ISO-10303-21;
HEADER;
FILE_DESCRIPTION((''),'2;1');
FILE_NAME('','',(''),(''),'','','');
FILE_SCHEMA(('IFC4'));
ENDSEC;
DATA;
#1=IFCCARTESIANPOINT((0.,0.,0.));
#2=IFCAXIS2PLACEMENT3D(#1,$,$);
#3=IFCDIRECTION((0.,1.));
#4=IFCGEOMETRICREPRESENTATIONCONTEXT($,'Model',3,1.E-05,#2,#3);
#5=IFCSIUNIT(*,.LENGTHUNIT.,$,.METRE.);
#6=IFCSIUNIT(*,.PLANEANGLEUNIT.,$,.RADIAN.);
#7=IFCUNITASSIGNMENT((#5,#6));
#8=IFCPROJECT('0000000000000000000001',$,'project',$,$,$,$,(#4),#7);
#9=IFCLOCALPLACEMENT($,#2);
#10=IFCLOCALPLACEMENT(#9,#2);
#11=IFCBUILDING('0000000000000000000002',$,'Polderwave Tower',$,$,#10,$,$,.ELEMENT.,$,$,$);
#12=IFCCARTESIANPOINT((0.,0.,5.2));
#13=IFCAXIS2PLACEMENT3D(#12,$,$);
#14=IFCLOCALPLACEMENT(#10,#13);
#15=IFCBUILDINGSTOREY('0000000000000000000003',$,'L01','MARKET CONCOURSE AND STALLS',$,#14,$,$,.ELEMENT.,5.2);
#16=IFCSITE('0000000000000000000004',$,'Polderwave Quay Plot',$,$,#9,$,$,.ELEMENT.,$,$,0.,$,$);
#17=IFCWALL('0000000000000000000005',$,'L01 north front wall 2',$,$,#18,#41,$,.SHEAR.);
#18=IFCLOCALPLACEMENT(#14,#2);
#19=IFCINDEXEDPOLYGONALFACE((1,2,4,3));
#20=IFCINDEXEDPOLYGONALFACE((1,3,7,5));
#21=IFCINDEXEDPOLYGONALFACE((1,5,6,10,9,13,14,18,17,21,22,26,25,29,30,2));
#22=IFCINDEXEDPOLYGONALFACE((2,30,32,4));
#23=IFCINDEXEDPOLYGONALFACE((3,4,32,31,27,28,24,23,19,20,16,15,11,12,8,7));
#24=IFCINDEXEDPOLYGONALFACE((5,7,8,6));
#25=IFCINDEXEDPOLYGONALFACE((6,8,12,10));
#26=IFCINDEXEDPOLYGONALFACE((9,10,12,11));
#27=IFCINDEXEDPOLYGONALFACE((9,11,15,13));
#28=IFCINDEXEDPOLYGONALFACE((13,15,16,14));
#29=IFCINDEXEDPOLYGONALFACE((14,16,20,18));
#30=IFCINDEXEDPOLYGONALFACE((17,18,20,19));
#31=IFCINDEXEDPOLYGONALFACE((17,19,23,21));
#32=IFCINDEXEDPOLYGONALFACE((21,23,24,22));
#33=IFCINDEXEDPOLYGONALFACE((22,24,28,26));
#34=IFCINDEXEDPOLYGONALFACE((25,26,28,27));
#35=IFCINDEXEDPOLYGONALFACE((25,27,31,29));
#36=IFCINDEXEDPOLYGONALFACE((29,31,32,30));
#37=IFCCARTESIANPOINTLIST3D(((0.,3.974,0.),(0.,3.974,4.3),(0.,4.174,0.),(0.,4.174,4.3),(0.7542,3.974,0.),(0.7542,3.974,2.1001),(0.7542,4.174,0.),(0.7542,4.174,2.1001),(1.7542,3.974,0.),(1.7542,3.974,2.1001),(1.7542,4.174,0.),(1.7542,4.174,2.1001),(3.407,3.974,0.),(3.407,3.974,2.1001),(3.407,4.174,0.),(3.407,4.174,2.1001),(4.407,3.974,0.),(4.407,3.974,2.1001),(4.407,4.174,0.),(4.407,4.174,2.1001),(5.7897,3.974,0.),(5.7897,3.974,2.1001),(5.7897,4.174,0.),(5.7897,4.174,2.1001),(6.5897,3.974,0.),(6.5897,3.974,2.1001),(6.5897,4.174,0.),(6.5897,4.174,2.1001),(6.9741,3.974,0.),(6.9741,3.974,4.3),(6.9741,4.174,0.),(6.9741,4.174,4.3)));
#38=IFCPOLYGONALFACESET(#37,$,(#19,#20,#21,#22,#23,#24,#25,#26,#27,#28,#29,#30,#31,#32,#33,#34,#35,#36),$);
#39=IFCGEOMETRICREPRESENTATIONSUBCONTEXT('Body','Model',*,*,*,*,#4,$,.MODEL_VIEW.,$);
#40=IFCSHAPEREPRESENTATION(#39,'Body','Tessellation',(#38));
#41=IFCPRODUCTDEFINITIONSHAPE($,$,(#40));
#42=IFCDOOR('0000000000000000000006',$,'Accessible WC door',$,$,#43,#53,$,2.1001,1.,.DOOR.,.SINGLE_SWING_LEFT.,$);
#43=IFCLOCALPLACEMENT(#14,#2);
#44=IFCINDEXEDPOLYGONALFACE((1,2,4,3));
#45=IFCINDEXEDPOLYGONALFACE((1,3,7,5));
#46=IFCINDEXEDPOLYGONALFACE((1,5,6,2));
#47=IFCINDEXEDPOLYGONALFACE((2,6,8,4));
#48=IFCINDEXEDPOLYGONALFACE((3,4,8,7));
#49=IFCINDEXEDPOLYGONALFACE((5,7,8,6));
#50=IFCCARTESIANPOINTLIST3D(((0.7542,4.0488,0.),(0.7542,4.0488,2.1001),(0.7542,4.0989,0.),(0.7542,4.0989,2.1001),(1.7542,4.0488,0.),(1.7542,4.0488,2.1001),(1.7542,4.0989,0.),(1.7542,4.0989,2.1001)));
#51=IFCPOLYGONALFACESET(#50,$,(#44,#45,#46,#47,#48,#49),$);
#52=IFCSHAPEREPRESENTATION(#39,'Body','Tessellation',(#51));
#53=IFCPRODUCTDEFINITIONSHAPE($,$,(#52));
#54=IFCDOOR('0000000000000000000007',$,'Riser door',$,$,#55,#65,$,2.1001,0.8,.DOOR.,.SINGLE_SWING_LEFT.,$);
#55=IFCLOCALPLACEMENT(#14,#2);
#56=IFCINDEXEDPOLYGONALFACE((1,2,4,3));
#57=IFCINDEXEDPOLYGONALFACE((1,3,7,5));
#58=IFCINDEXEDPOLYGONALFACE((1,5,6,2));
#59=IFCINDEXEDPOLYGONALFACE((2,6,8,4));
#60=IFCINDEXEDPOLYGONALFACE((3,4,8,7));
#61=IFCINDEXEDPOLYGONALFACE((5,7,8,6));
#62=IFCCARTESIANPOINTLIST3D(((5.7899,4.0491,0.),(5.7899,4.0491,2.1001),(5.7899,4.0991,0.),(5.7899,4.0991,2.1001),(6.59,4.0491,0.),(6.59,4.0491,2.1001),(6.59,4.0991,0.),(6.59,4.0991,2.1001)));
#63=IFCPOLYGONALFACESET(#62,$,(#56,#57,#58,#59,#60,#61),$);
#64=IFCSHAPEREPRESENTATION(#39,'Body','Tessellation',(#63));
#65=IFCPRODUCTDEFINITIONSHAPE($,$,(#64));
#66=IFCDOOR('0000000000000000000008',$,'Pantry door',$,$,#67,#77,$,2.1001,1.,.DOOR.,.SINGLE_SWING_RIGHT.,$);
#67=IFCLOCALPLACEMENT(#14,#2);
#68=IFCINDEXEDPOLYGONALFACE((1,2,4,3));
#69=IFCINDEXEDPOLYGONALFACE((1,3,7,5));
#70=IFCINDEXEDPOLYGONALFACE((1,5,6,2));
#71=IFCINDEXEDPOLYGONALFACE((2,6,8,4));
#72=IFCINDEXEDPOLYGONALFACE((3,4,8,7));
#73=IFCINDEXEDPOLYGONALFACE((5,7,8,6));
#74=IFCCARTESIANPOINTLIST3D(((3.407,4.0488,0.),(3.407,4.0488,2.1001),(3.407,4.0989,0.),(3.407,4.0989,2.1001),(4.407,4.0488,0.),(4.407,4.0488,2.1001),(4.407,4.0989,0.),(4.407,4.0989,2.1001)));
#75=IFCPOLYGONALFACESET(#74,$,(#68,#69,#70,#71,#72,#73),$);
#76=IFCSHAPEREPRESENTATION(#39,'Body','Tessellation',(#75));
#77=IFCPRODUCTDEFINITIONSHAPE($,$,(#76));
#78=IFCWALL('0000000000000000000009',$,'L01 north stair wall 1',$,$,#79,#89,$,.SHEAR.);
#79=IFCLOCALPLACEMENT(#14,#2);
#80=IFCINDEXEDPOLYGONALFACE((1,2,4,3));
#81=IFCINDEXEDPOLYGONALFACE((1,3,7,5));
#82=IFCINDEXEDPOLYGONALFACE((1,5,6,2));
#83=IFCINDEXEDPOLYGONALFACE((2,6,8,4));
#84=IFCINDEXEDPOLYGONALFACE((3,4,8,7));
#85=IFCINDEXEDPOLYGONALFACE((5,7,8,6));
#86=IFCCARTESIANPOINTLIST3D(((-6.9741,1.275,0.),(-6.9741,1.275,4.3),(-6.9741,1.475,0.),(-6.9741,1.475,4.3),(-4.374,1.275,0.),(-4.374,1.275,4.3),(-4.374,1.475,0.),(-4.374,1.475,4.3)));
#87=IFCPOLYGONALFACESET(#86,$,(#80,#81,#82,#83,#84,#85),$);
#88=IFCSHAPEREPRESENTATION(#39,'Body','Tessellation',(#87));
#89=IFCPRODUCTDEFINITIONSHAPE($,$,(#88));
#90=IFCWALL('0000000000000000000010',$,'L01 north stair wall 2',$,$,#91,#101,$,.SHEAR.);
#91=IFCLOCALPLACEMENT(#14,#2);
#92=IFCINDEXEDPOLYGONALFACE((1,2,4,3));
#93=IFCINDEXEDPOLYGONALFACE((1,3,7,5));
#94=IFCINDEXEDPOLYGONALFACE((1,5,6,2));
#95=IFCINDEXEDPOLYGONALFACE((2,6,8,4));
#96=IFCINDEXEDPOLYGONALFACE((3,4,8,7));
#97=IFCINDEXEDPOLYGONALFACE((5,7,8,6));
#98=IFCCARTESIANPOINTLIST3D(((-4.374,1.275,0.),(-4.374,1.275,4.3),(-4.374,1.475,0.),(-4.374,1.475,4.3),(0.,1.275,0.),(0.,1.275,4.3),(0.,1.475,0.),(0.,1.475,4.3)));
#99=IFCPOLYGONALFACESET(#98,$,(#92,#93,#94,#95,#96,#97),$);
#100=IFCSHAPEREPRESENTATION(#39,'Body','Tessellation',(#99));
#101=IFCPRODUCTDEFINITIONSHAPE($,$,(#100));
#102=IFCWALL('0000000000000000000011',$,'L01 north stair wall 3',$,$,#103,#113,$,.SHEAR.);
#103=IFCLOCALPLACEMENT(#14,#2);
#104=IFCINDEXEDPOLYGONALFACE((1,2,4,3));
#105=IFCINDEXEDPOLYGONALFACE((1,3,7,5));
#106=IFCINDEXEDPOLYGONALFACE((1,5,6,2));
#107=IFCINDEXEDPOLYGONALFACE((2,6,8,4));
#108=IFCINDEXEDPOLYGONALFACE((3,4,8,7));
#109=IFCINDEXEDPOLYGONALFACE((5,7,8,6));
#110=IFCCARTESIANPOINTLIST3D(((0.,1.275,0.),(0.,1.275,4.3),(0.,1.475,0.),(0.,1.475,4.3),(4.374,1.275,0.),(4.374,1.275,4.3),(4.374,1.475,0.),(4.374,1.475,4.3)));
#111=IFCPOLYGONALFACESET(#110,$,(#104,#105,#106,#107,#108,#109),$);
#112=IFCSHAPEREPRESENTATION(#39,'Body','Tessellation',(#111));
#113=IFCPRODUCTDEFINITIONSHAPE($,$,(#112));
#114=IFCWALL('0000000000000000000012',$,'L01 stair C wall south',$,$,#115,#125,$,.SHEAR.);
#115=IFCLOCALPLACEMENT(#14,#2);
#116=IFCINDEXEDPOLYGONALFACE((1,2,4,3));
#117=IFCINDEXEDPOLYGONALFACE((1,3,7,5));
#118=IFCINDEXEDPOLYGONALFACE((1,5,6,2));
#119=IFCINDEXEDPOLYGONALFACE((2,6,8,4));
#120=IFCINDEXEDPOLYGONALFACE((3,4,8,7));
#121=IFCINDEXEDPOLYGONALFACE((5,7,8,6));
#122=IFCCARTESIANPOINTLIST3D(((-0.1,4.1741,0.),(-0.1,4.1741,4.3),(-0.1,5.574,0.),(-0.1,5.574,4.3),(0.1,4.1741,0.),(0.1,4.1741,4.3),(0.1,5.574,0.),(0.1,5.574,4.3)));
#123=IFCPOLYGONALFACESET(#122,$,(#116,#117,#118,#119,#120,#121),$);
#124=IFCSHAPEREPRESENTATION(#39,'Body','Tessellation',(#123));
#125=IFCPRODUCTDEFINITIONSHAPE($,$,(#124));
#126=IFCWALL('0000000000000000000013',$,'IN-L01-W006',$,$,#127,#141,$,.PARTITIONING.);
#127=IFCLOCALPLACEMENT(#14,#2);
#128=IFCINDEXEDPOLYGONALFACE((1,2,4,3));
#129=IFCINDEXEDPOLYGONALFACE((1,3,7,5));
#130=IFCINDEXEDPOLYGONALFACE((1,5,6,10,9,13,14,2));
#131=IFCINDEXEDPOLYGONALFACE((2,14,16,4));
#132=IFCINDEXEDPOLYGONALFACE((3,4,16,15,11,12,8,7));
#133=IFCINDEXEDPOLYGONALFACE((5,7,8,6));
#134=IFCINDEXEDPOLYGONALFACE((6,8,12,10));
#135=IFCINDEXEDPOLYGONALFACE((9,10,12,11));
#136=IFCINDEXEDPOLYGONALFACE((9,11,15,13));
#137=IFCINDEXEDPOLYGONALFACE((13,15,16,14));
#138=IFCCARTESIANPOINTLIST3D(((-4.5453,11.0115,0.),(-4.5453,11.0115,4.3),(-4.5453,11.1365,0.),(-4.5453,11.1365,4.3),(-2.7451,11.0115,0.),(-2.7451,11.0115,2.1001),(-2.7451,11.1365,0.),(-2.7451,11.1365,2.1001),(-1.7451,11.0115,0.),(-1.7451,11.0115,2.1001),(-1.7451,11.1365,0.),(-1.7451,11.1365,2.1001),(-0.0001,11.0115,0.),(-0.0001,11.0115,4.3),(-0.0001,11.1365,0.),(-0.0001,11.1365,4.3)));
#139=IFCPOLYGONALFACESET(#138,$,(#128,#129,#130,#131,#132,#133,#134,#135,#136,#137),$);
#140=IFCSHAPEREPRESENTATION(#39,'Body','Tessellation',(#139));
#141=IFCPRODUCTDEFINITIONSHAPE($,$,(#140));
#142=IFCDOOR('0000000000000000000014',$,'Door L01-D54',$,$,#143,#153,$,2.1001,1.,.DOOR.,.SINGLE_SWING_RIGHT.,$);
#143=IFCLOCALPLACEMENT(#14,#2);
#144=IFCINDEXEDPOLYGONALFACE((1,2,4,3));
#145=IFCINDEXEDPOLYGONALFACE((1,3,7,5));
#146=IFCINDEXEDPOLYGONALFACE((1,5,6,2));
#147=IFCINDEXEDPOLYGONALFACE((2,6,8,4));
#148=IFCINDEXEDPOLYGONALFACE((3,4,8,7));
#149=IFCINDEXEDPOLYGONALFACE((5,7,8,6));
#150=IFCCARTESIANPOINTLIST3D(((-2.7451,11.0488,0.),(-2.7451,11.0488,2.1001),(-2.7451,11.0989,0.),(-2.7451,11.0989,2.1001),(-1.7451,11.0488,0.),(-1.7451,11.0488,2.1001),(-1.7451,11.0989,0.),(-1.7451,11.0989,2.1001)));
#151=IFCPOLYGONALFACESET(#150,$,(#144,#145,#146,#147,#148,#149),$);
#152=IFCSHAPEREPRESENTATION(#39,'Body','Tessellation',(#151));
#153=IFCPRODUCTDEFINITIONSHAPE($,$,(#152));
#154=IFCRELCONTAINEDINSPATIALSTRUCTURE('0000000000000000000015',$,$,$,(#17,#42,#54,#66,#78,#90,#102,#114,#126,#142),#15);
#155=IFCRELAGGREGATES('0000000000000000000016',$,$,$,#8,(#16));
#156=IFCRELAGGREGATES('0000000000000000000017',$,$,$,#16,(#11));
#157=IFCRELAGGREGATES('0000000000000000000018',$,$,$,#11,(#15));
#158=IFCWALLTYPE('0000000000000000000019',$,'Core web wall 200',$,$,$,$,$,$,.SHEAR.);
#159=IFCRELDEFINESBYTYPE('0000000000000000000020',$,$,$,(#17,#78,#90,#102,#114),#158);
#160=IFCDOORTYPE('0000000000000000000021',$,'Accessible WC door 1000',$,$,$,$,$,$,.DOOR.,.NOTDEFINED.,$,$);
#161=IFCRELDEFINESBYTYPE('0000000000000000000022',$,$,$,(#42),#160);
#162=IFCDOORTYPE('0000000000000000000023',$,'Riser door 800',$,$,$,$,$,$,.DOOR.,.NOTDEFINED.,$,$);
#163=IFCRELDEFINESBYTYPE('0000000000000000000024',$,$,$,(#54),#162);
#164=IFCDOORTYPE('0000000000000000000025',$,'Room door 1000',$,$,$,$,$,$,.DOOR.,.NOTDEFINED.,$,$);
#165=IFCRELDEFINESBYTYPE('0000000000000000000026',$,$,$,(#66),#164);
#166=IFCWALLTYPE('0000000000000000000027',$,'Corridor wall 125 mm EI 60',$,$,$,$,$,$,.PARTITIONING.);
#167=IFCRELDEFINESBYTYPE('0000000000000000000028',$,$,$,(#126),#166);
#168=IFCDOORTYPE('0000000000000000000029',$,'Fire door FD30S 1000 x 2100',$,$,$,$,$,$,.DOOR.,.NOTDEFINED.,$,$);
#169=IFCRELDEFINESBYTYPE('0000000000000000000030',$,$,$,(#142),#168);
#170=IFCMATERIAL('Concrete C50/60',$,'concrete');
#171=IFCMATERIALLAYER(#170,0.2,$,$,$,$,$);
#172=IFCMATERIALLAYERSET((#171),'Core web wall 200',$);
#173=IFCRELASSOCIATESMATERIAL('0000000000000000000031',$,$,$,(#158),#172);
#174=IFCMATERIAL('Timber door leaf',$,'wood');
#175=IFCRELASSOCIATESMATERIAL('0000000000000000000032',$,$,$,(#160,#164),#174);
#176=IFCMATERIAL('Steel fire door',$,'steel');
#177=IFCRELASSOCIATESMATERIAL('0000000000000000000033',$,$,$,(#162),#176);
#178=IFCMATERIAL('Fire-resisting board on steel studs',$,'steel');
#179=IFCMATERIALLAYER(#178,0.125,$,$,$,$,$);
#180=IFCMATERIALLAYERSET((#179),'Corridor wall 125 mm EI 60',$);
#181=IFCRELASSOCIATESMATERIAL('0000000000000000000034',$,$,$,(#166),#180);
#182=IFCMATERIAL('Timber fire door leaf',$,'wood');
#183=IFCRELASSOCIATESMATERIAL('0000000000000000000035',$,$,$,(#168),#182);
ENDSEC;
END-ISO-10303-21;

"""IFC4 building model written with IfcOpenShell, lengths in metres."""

from ifc_helpers import new_model, si_unit, direction, frame, frame_2d, origin, place, context, subcontext, project, spatial, rectangle, extrude, material, layer, layer_set, type_object, element, fill, save


model = new_model("IFC4")

# Units and contexts
model_context = context("Model", 3, precision=1e-05, world=origin(), true_north=direction((0.0, 1.0)))
body_context = subcontext(model_context, "Body", "Model", "MODEL_VIEW")
ifc_project = project(units=[si_unit("LENGTHUNIT", "METRE"), si_unit("PLANEANGLEUNIT", "RADIAN")], contexts=[model_context])

# Site, building, storey
site_placement = place(None, origin())
site = spatial("IfcSite", under=ifc_project, at=site_placement, Name="Polderwave Quay Plot", CompositionType="ELEMENT", RefElevation=0.0)
building_placement = place(site_placement, origin())
building = spatial("IfcBuilding", under=site, at=building_placement, Name="Polderwave Tower", CompositionType="ELEMENT")
storey_placement = place(building_placement, frame((0.0, 0.0, 5.2)))
storey = spatial("IfcBuildingStorey", under=building, at=storey_placement, Name="L01", Description="MARKET CONCOURSE AND STALLS", CompositionType="ELEMENT", Elevation=5.2)

# Shared definitions
ifc_material_1 = material(Name="Steel fire door", Category="steel")

# Shared definitions
ifc_material_2 = material(Name="Concrete C50/60", Category="concrete")
ifc_layer_1 = layer(ifc_material_2, 0.2)
ifc_layer_set_1 = layer_set([ifc_layer_1], Name="Core web wall 200")
wall_type_1 = type_object("IfcWallType", Name="Core web wall 200", PredefinedType="SHEAR", material=ifc_layer_set_1)

# Wall, openings, doors
wall_1_placement = place(storey_placement, frame((0.0, 4.074, 0.0), z_axis=(0.0, 0.0, 1.0), x_axis=(1.0, 0.0, 0.0)))
wall_1 = element("IfcWall", 1, at=wall_1_placement, inside=storey, type_object=wall_type_1, Name="L01 north front wall 2", PredefinedType="SHEAR", context=body_context, shape_type="SweptSolid", body=[
    extrude(rectangle(XDim=6.9741, YDim=0.2, at=frame_2d((3.4871, 0.0))), origin(), (0.0, 0.0, 1.0), 4.3),
])
opening_1_placement = place(wall_1_placement, frame((0.7542, 0.0, 0.0)))
opening_1 = element("IfcOpeningElement", 2, at=opening_1_placement, cuts=wall_1, PredefinedType="OPENING", context=body_context, shape_type="SweptSolid", body=[
    extrude(rectangle(XDim=1.0, YDim=2.1001, at=frame_2d((0.5, 1.05))), frame((0.0, 0.1099, 0.0), z_axis=(0.0, -1.0, 0.0), x_axis=(1.0, 0.0, 0.0)), (0.0, 0.0, 1.0), 0.22),
])
opening_2_placement = place(wall_1_placement, frame((3.407, 0.0, 0.0)))
opening_2 = element("IfcOpeningElement", 3, at=opening_2_placement, cuts=wall_1, PredefinedType="OPENING", context=body_context, shape_type="SweptSolid", body=[
    extrude(rectangle(XDim=1.0, YDim=2.1001, at=frame_2d((0.5, 1.05))), frame((0.0, 0.1099, 0.0), z_axis=(0.0, -1.0, 0.0), x_axis=(1.0, 0.0, 0.0)), (0.0, 0.0, 1.0), 0.22),
])
opening_3_placement = place(wall_1_placement, frame((5.7898, 0.0, 0.0)))
opening_3 = element("IfcOpeningElement", 4, at=opening_3_placement, cuts=wall_1, PredefinedType="OPENING", context=body_context, shape_type="SweptSolid", body=[
    extrude(rectangle(XDim=0.8, YDim=2.1001, at=frame_2d((0.3999, 1.05))), frame((0.0, 0.1099, 0.0), z_axis=(0.0, -1.0, 0.0), x_axis=(1.0, 0.0, 0.0)), (0.0, 0.0, 1.0), 0.22),
])
ifc_material_3 = material(Name="Timber door leaf", Category="wood")
door_type_1 = type_object("IfcDoorType", Name="Accessible WC door 1000", OperationType="NOTDEFINED", PredefinedType="DOOR", material=ifc_material_3)
door_1_placement = place(opening_1_placement, origin())
door_1 = element("IfcDoor", 5, at=door_1_placement, inside=storey, type_object=door_type_1, Name="Accessible WC door", OperationType="SINGLE_SWING_LEFT", OverallHeight=2.1001, OverallWidth=1.0, PredefinedType="DOOR", context=body_context, shape_type="SweptSolid", body=[
    extrude(rectangle(XDim=1.0, YDim=2.1001, at=frame_2d((0.5, 1.05))), frame((0.0, 0.0249, 0.0), z_axis=(0.0, -1.0, 0.0), x_axis=(1.0, 0.0, 0.0)), (0.0, 0.0, 1.0), 0.05),
])
fill(opening_1, door_1)
door_type_2 = type_object("IfcDoorType", Name="Riser door 800", OperationType="NOTDEFINED", PredefinedType="DOOR", material=ifc_material_1)
door_2_placement = place(opening_3_placement, frame((0.8, 0.0, 0.0), z_axis=(0.0, 0.0, 1.0), x_axis=(-1.0, 0.0, 0.0)))
door_2 = element("IfcDoor", 6, at=door_2_placement, inside=storey, type_object=door_type_2, Name="Riser door", OperationType="SINGLE_SWING_LEFT", OverallHeight=2.1001, OverallWidth=0.8, PredefinedType="DOOR", context=body_context, shape_type="SweptSolid", body=[
    extrude(rectangle(XDim=0.8, YDim=2.1001, at=frame_2d((0.3999, 1.05))), frame((0.0, 0.0249, 0.0), z_axis=(0.0, -1.0, 0.0), x_axis=(1.0, 0.0, 0.0)), (0.0, 0.0, 1.0), 0.05),
])
fill(opening_3, door_2)
door_type_3 = type_object("IfcDoorType", Name="Room door 1000", OperationType="NOTDEFINED", PredefinedType="DOOR", material=ifc_material_3)
door_3_placement = place(opening_2_placement, origin())
door_3 = element("IfcDoor", 7, at=door_3_placement, inside=storey, type_object=door_type_3, Name="Pantry door", OperationType="SINGLE_SWING_RIGHT", OverallHeight=2.1001, OverallWidth=1.0, PredefinedType="DOOR", context=body_context, shape_type="SweptSolid", body=[
    extrude(rectangle(XDim=1.0, YDim=2.1001, at=frame_2d((0.5, 1.05))), frame((0.0, 0.0249, 0.0), z_axis=(0.0, -1.0, 0.0), x_axis=(1.0, 0.0, 0.0)), (0.0, 0.0, 1.0), 0.05),
])
fill(opening_2, door_3)

# Walls
wall_2_placement = place(storey_placement, frame((-6.9741, 1.375, 0.0), z_axis=(0.0, 0.0, 1.0), x_axis=(1.0, 0.0, 0.0)))
element("IfcWall", 8, at=wall_2_placement, inside=storey, type_object=wall_type_1, Name="L01 north stair wall 1", PredefinedType="SHEAR", context=body_context, shape_type="SweptSolid", body=[
    extrude(rectangle(XDim=2.6001, YDim=0.2, at=frame_2d((1.3, 0.0))), origin(), (0.0, 0.0, 1.0), 4.3),
])
for number, where, z_axis, x_axis, name in (
    (9, (-4.374, 1.375, 0.0), (0.0, 0.0, 1.0), (1.0, 0.0, 0.0), "L01 north stair wall 2"),
    (10, (0.0, 1.375, 0.0), (0.0, 0.0, 1.0), (1.0, 0.0, 0.0), "L01 north stair wall 3"),
):
    element("IfcWall", number, at=place(storey_placement, frame(where, z_axis=z_axis, x_axis=x_axis)), inside=storey, type_object=wall_type_1, Name=name, PredefinedType="SHEAR", context=body_context, shape_type="SweptSolid", body=[
        extrude(rectangle(XDim=4.374, YDim=0.2, at=frame_2d((2.187, 0.0))), origin(), (0.0, 0.0, 1.0), 4.3),
    ])
wall_3_placement = place(storey_placement, frame((0.0, 4.1741, 0.0), z_axis=(0.0, 0.0, 1.0), x_axis=(0.0, 1.0, 0.0)))
element("IfcWall", 11, at=wall_3_placement, inside=storey, type_object=wall_type_1, Name="L01 stair C wall south", PredefinedType="SHEAR", context=body_context, shape_type="SweptSolid", body=[
    extrude(rectangle(XDim=1.3999, YDim=0.2, at=frame_2d((0.7, 0.0))), origin(), (0.0, 0.0, 1.0), 4.3),
])

# Wall, opening, door
ifc_material_4 = material(Name="Fire-resisting board on steel studs", Category="steel")
ifc_layer_2 = layer(ifc_material_4, 0.125)
ifc_layer_set_2 = layer_set([ifc_layer_2], Name="Corridor wall 125 mm EI 60")
wall_type_2 = type_object("IfcWallType", Name="Corridor wall 125 mm EI 60", PredefinedType="PARTITIONING", material=ifc_layer_set_2)
wall_4_placement = place(storey_placement, frame((-4.5452, 11.074, 0.0), z_axis=(0.0, 0.0, 1.0), x_axis=(1.0, 0.0, 0.0)))
wall_4 = element("IfcWall", 12, at=wall_4_placement, inside=storey, type_object=wall_type_2, Name="IN-L01-W006", PredefinedType="PARTITIONING", context=body_context, shape_type="SweptSolid", body=[
    extrude(rectangle(XDim=4.5452, YDim=0.125, at=frame_2d((2.2725, 0.0))), origin(), (0.0, 0.0, 1.0), 4.3),
])
opening_4_placement = place(wall_4_placement, frame((1.8, 0.0, 0.0)))
opening_4 = element("IfcOpeningElement", 13, at=opening_4_placement, cuts=wall_4, PredefinedType="OPENING", context=body_context, shape_type="SweptSolid", body=[
    extrude(rectangle(XDim=1.0, YDim=2.1001, at=frame_2d((0.5, 1.05))), frame((0.0, 0.0725, 0.0), z_axis=(0.0, -1.0, 0.0), x_axis=(1.0, 0.0, 0.0)), (0.0, 0.0, 1.0), 0.145),
])
ifc_material_5 = material(Name="Timber fire door leaf", Category="wood")
door_type_4 = type_object("IfcDoorType", Name="Fire door FD30S 1000 x 2100", OperationType="NOTDEFINED", PredefinedType="DOOR", material=ifc_material_5)
door_4_placement = place(opening_4_placement, origin())
door_4 = element("IfcDoor", 14, at=door_4_placement, inside=storey, type_object=door_type_4, Name="Door L01-D54", OperationType="SINGLE_SWING_RIGHT", OverallHeight=2.1001, OverallWidth=1.0, PredefinedType="DOOR", context=body_context, shape_type="SweptSolid", body=[
    extrude(rectangle(XDim=1.0, YDim=2.1001, at=frame_2d((0.5, 1.05))), frame((0.0, 0.0249, 0.0), z_axis=(0.0, -1.0, 0.0), x_axis=(1.0, 0.0, 0.0)), (0.0, 0.0, 1.0), 0.05),
])
fill(opening_4, door_4)

save(model, "model.ifc")
